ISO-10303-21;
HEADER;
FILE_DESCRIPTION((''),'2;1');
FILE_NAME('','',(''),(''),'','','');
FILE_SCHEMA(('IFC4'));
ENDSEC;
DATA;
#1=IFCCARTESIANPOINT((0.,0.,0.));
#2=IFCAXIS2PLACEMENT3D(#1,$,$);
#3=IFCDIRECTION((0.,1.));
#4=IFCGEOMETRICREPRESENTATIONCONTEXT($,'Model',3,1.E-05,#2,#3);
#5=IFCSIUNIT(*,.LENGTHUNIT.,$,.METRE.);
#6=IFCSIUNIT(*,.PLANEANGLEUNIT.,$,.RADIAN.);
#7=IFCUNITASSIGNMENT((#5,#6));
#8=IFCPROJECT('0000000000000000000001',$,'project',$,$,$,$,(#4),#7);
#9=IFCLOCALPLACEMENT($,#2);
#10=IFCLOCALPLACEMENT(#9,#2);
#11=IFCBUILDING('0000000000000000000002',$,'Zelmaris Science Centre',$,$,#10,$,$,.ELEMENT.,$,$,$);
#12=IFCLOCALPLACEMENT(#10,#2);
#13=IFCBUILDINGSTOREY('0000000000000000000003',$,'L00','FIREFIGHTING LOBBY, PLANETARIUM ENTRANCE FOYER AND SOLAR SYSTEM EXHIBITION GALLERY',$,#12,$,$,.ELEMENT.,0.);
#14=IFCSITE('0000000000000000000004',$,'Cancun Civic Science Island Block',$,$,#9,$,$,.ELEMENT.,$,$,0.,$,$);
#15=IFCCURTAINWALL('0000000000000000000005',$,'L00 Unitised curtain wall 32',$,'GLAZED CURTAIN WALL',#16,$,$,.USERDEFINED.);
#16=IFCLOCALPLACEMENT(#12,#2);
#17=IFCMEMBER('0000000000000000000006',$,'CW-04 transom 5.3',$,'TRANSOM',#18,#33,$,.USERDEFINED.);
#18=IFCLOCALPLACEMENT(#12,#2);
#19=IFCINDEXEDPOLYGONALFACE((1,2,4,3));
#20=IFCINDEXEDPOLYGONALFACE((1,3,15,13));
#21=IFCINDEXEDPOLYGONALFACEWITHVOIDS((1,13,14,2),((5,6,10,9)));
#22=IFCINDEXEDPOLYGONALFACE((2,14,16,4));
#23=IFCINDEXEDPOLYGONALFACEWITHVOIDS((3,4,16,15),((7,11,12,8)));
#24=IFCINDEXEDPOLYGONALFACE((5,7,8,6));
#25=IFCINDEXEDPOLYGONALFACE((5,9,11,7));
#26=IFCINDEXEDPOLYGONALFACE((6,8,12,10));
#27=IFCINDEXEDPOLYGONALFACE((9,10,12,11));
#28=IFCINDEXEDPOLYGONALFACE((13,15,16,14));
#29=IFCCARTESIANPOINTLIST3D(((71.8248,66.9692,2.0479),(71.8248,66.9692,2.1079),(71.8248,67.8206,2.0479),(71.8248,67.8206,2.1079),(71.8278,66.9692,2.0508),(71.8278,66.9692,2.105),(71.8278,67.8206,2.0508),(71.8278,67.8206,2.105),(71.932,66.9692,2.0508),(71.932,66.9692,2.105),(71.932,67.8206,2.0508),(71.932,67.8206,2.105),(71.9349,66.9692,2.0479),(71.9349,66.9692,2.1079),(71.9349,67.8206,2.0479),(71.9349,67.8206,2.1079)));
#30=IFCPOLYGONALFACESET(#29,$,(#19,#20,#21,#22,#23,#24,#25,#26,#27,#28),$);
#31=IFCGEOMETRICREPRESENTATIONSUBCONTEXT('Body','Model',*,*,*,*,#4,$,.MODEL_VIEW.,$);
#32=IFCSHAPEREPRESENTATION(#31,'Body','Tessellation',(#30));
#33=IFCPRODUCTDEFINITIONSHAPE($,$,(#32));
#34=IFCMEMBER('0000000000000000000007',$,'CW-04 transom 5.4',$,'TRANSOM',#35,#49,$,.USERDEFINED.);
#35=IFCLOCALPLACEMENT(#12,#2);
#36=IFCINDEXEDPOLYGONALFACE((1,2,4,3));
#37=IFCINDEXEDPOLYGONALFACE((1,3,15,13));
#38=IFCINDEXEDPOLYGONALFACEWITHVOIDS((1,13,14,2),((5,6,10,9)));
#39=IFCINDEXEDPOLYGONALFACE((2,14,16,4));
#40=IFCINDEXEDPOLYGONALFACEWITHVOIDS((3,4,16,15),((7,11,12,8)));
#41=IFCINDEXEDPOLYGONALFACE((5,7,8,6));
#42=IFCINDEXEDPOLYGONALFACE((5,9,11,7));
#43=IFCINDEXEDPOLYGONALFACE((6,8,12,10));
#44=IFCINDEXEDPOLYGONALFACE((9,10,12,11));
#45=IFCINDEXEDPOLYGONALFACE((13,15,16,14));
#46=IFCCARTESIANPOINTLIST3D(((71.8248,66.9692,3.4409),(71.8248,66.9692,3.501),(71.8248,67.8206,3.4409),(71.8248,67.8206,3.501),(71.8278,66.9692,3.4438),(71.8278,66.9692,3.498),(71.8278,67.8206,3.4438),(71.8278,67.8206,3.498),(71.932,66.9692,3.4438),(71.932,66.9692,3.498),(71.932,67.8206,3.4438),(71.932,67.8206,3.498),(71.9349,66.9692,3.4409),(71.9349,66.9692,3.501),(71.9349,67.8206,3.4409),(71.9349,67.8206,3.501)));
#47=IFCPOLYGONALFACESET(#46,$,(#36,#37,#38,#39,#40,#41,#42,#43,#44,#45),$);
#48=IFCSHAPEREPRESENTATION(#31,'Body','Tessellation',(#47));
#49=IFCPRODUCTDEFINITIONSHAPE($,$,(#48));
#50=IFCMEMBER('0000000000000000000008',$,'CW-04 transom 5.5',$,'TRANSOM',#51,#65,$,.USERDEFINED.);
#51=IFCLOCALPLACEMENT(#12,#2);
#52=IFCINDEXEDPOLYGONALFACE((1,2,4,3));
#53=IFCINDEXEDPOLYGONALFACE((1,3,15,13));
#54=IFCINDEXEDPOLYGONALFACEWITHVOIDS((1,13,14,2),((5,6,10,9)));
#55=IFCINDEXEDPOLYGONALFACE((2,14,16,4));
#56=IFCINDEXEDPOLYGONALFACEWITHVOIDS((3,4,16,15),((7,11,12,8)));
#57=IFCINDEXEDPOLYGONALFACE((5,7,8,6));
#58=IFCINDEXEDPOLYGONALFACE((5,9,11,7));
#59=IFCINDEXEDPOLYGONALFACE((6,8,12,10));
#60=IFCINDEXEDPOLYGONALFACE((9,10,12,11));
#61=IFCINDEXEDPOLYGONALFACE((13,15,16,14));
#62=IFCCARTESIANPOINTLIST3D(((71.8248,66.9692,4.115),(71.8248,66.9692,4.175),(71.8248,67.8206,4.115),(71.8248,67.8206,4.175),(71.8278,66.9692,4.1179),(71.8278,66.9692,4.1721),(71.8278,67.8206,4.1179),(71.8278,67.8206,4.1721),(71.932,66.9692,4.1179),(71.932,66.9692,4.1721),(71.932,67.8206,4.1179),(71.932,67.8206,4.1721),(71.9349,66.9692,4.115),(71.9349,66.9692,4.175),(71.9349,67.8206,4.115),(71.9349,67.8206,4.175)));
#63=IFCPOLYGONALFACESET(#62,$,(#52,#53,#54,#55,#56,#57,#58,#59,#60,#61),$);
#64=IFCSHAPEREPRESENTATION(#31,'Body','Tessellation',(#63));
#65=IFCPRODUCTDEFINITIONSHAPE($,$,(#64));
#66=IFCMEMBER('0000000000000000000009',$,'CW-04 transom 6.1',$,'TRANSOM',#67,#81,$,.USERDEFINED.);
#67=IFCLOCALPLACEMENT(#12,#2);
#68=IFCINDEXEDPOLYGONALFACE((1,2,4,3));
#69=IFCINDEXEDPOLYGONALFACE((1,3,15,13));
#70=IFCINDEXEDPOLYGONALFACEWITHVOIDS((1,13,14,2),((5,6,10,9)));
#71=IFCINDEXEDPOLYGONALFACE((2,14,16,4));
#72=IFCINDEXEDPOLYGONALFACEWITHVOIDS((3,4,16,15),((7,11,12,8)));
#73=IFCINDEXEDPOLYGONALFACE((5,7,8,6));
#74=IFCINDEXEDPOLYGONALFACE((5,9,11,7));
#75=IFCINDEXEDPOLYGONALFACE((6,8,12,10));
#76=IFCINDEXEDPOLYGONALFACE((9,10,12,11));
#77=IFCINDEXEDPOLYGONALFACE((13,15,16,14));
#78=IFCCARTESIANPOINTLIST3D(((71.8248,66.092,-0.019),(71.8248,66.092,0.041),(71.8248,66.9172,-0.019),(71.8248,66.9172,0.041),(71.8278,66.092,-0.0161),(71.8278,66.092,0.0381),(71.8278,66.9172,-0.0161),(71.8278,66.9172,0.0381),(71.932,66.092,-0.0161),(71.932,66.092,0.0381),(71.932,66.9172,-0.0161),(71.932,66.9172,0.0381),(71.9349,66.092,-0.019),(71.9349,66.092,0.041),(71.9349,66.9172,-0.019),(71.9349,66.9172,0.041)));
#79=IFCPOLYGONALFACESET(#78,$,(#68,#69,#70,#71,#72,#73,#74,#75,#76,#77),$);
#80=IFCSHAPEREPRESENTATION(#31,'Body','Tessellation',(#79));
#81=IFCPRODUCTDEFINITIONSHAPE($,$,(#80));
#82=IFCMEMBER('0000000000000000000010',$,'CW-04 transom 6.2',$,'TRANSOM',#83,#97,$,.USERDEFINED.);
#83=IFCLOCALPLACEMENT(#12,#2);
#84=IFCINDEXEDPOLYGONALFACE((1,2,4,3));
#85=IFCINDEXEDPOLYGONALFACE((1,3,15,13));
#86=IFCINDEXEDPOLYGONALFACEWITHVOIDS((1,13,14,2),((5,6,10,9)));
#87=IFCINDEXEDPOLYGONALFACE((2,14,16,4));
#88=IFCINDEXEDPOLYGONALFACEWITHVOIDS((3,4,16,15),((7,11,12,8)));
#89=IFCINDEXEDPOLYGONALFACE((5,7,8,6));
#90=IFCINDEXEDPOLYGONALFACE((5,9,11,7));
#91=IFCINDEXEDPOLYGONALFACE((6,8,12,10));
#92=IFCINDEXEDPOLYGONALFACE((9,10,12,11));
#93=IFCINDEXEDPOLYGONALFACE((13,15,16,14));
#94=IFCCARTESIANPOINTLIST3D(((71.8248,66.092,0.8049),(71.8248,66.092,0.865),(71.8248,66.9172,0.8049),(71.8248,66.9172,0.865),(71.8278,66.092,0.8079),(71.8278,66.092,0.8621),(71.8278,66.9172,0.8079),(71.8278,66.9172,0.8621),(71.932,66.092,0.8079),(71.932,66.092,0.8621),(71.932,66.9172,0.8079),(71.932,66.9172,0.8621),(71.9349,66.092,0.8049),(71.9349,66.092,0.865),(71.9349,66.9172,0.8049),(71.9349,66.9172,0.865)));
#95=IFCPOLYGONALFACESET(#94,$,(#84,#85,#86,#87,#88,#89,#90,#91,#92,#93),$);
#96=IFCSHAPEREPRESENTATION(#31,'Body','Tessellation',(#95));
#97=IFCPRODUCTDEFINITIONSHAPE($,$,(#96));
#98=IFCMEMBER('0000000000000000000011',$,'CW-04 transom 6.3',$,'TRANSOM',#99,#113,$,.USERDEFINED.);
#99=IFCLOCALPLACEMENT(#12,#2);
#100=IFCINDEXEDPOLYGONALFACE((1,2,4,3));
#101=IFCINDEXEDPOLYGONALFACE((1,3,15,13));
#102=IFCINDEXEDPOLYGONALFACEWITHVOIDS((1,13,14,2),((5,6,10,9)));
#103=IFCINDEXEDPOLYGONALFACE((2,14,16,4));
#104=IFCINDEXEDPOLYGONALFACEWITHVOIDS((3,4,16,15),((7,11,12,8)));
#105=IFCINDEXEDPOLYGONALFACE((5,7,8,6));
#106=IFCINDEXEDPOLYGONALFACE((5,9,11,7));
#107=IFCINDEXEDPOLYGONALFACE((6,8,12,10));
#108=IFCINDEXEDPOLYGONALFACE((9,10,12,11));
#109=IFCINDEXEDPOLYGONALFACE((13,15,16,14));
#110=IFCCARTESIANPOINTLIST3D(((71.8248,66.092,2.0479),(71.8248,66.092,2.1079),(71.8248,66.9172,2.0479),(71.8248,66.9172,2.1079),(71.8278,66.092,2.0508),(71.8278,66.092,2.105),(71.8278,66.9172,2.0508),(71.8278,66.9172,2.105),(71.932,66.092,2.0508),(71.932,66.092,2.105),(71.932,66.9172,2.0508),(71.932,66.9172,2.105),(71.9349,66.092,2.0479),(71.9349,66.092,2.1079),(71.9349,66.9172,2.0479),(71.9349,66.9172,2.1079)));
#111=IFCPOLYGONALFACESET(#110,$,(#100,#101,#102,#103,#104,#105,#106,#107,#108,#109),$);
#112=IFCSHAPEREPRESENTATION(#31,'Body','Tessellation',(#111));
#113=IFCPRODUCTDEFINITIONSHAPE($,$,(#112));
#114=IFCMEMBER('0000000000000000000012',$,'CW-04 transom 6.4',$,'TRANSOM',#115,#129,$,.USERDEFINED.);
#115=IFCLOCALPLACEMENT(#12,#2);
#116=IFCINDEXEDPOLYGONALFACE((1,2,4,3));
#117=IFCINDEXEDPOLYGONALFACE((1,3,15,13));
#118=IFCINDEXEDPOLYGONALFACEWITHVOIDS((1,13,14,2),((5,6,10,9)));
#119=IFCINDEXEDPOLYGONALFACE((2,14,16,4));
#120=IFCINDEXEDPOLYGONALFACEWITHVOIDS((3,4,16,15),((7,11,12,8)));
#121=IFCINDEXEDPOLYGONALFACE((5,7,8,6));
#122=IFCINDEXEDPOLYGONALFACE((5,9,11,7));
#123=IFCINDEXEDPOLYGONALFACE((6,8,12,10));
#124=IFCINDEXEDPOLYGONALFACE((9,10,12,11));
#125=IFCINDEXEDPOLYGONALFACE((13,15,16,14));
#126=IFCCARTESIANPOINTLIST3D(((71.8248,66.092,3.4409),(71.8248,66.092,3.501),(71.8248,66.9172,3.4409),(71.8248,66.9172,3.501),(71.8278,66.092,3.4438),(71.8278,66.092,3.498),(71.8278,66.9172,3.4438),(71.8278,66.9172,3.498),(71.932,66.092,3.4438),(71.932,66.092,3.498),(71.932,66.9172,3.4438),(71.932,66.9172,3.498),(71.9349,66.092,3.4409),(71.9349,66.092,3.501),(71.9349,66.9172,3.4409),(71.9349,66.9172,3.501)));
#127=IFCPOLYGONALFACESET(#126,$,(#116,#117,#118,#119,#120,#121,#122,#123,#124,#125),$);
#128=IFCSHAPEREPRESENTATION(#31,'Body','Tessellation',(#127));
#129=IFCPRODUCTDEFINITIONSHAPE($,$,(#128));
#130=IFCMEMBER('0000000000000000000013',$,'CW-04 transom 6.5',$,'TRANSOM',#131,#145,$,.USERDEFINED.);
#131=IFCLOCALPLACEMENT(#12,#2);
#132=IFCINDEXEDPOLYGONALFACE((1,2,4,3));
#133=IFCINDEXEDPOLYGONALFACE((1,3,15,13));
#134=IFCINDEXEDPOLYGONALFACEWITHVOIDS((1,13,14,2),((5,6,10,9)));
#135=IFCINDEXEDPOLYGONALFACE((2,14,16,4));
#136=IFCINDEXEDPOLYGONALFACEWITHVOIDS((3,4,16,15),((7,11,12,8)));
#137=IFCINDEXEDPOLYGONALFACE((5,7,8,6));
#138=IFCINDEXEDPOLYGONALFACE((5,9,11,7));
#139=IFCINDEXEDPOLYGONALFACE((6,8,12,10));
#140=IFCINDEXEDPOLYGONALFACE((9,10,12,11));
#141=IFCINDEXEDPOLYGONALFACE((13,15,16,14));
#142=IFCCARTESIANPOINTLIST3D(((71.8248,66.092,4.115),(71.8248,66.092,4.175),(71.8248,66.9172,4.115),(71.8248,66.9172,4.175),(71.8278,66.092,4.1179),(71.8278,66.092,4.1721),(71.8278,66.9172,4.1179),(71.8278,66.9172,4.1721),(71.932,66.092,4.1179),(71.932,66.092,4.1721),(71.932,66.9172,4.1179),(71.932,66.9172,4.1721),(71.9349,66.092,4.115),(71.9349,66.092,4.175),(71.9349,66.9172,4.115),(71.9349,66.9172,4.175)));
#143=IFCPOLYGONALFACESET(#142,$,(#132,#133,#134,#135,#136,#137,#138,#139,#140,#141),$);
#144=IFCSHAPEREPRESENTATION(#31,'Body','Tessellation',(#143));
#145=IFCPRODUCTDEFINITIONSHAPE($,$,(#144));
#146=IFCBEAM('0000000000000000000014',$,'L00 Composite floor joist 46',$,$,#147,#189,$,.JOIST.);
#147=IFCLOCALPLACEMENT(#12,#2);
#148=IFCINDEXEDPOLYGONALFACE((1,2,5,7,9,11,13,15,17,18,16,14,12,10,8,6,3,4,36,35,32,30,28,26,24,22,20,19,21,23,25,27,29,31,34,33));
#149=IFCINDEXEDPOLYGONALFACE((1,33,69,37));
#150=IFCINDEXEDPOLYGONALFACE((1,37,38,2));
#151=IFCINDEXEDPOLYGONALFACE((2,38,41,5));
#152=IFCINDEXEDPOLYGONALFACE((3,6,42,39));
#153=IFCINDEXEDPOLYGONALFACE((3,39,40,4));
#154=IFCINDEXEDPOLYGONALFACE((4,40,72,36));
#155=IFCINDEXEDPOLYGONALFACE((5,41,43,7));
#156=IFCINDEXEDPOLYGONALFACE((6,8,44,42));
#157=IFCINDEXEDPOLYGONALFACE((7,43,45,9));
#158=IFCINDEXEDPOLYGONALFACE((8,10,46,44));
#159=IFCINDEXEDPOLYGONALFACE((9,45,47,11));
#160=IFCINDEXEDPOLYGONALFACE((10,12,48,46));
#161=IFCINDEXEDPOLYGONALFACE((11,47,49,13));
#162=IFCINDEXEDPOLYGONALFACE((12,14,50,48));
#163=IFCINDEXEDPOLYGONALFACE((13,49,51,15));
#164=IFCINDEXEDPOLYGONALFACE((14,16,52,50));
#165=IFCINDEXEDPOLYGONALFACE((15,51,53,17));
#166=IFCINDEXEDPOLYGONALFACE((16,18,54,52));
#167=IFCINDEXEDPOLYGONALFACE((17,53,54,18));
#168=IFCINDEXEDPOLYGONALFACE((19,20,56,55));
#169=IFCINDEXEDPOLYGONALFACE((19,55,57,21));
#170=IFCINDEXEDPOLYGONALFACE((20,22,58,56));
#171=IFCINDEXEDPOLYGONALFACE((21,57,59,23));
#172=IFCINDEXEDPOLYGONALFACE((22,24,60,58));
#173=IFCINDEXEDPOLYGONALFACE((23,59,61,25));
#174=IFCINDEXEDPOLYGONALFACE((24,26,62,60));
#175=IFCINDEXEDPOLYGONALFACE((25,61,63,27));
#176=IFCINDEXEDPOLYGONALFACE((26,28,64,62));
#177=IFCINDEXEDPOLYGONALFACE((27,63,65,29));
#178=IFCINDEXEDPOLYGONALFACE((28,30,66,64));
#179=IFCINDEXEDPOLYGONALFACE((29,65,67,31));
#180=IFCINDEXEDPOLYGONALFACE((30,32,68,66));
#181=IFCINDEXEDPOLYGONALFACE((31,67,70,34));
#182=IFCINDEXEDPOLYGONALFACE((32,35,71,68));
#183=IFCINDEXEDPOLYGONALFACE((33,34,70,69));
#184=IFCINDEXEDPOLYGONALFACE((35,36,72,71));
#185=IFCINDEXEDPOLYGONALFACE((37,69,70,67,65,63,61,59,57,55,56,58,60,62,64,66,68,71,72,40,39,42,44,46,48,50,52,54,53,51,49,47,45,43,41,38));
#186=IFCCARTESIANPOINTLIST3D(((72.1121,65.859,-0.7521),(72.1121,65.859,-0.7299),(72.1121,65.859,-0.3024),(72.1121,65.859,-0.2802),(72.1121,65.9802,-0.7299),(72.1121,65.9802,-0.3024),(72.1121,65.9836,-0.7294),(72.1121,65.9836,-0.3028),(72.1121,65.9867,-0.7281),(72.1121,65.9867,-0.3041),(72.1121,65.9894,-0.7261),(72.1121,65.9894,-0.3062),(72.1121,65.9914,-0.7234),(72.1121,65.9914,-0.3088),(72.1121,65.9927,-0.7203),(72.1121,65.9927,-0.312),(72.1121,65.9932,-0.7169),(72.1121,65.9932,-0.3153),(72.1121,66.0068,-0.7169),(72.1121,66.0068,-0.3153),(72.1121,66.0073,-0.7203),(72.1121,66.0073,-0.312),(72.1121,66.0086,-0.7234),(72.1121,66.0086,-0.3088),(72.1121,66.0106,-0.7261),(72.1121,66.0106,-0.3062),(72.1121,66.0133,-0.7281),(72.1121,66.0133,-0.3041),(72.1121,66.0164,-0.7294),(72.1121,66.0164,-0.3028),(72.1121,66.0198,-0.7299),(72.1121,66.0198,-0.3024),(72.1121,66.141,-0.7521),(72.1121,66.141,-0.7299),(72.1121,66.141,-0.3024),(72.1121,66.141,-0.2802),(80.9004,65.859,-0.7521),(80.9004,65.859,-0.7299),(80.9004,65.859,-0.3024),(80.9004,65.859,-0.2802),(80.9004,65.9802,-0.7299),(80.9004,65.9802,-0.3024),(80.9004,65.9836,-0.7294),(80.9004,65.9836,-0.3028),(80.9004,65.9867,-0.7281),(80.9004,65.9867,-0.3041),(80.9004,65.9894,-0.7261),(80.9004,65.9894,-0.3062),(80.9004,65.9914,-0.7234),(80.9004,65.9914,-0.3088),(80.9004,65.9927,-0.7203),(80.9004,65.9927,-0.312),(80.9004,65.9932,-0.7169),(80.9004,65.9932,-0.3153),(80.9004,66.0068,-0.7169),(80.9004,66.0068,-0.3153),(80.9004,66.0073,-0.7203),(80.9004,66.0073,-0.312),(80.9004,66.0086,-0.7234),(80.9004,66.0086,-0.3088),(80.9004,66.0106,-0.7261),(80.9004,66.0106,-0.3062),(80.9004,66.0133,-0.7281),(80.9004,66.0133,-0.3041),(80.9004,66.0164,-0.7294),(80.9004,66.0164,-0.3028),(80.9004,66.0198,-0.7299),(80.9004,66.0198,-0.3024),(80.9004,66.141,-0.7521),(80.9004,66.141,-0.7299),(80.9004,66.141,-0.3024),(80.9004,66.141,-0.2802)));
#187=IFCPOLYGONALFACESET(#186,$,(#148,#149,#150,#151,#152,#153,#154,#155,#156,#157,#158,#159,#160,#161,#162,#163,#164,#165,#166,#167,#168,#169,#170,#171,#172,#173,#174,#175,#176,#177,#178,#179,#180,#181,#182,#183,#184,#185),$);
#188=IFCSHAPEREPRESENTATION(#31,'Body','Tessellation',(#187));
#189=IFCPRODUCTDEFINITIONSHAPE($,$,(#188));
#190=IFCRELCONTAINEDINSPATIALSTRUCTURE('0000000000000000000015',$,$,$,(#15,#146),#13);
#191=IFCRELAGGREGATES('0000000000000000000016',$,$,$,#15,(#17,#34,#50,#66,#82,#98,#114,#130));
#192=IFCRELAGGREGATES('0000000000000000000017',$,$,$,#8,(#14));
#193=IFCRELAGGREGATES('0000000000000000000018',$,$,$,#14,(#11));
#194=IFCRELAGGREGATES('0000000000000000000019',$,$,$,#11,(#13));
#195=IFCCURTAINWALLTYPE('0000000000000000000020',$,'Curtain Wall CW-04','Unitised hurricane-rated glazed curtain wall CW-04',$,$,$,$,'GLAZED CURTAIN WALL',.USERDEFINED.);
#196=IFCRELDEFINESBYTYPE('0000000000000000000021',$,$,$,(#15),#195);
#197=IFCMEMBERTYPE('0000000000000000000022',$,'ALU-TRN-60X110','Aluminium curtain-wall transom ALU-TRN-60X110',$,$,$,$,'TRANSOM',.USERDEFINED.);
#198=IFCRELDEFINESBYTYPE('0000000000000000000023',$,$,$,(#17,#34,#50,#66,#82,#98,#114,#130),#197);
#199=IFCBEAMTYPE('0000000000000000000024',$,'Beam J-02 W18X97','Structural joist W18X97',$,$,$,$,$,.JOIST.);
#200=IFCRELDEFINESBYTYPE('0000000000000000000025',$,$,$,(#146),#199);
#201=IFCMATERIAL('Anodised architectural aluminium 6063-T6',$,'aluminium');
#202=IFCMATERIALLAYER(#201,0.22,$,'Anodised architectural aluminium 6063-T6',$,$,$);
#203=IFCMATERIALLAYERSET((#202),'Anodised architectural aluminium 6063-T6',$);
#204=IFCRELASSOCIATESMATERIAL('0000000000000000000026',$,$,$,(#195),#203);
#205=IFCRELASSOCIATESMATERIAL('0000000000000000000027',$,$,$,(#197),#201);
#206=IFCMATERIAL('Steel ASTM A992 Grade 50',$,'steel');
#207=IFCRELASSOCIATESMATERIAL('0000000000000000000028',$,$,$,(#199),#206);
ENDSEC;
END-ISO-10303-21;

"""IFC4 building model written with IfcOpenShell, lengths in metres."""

from ifc_helpers import new_model, si_unit, direction, frame, origin, origin_2d, place, context, subcontext, project, spatial, hollow_rectangle, i_section, extrude, material, layer, layer_set, material_profile, profile_set, type_object, element, aggregate, save


model = new_model("IFC4")

# Units and contexts
model_context = context("Model", 3, precision=1e-05, world=origin(), true_north=direction((0.0, 1.0)))
body_context = subcontext(model_context, "Body", "Model", "MODEL_VIEW")
ifc_project = project(units=[si_unit("LENGTHUNIT", "METRE"), si_unit("PLANEANGLEUNIT", "RADIAN")], contexts=[model_context])

# Site, building, storey
site_placement = place(None, origin())
site = spatial("IfcSite", under=ifc_project, at=site_placement, Name="Cancun Civic Science Island Block", CompositionType="ELEMENT", RefElevation=0.0)
building_placement = place(site_placement, origin())
building = spatial("IfcBuilding", under=site, at=building_placement, Name="Zelmaris Science Centre", CompositionType="ELEMENT")
storey_placement = place(building_placement, origin())
storey = spatial("IfcBuildingStorey", under=building, at=storey_placement, Name="L00", Description="FIREFIGHTING LOBBY, PLANETARIUM ENTRANCE FOYER AND SOLAR SYSTEM EXHIBITION GALLERY", CompositionType="ELEMENT", Elevation=0.0)

# Curtain wall, members
ifc_material_1 = material(Name="Anodised architectural aluminium 6063-T6", Category="aluminium")
ifc_layer_1 = layer(ifc_material_1, 0.22, Name="Anodised architectural aluminium 6063-T6")
ifc_layer_set_1 = layer_set([ifc_layer_1], Name="Anodised architectural aluminium 6063-T6")
curtain_wall_type = type_object("IfcCurtainWallType", Name="Curtain Wall CW-04", Description="Unitised hurricane-rated glazed curtain wall CW-04", ElementType="GLAZED CURTAIN WALL", PredefinedType="USERDEFINED", material=ifc_layer_set_1)
curtain_wall_placement = place(storey_placement, origin())
curtain_wall = element("IfcCurtainWall", 1, at=curtain_wall_placement, inside=storey, type_object=curtain_wall_type, Name="L00 Unitised curtain wall 32", ObjectType="GLAZED CURTAIN WALL", PredefinedType="USERDEFINED")
ifc_material_profile_1 = material_profile(ifc_material_1, hollow_rectangle(XDim=0.0601, YDim=0.1101, WallThickness=0.0029, at=origin_2d()), Name="ALU-TRN-60X110")
ifc_profile_set_1 = profile_set([ifc_material_profile_1], Name="Anodised architectural aluminium 6063-T6")
member_type_1 = type_object("IfcMemberType", Name="ALU-TRN-60X110", Description="Aluminium curtain-wall transom ALU-TRN-60X110", ElementType="TRANSOM", PredefinedType="USERDEFINED", material=ifc_profile_set_1)
member_1_placement = place(storey_placement, frame((71.8799, 67.8206, 2.0779), z_axis=(0.0, -1.0, 0.0), x_axis=(0.0, 0.0, 1.0)))
member_1 = element("IfcMember", 2, at=member_1_placement, type_object=member_type_1, Name="CW-04 transom 5.3", ObjectType="TRANSOM", PredefinedType="USERDEFINED", context=body_context, shape_type="SweptSolid", body=[
    extrude(hollow_rectangle(XDim=0.0601, YDim=0.1101, WallThickness=0.0029, at=origin_2d()), origin(), (0.0, 0.0, 1.0), 0.8513),
])
member_2_placement = place(storey_placement, frame((71.8799, 67.8206, 3.4709), z_axis=(0.0, -1.0, 0.0), x_axis=(0.0, 0.0, 1.0)))
member_2 = element("IfcMember", 3, at=member_2_placement, type_object=member_type_1, Name="CW-04 transom 5.4", ObjectType="TRANSOM", PredefinedType="USERDEFINED", context=body_context, shape_type="SweptSolid", body=[
    extrude(hollow_rectangle(XDim=0.0601, YDim=0.1101, WallThickness=0.0029, at=origin_2d()), origin(), (0.0, 0.0, 1.0), 0.8513),
])
member_3_placement = place(storey_placement, frame((71.8799, 67.8206, 4.145), z_axis=(0.0, -1.0, 0.0), x_axis=(0.0, 0.0, 1.0)))
member_3 = element("IfcMember", 4, at=member_3_placement, type_object=member_type_1, Name="CW-04 transom 5.5", ObjectType="TRANSOM", PredefinedType="USERDEFINED", context=body_context, shape_type="SweptSolid", body=[
    extrude(hollow_rectangle(XDim=0.0601, YDim=0.1101, WallThickness=0.0029, at=origin_2d()), origin(), (0.0, 0.0, 1.0), 0.8513),
])
member_4_placement = place(storey_placement, frame((71.8799, 66.9172, 0.011), z_axis=(0.0, -1.0, 0.0), x_axis=(0.0, 0.0, 1.0)))
member_4 = element("IfcMember", 5, at=member_4_placement, type_object=member_type_1, Name="CW-04 transom 6.1", ObjectType="TRANSOM", PredefinedType="USERDEFINED", context=body_context, shape_type="SweptSolid", body=[
    extrude(hollow_rectangle(XDim=0.0601, YDim=0.1101, WallThickness=0.0029, at=origin_2d()), origin(), (0.0, 0.0, 1.0), 0.8252),
])
member_5_placement = place(storey_placement, frame((71.8799, 66.9172, 0.835), z_axis=(0.0, -1.0, 0.0), x_axis=(0.0, 0.0, 1.0)))
member_5 = element("IfcMember", 6, at=member_5_placement, type_object=member_type_1, Name="CW-04 transom 6.2", ObjectType="TRANSOM", PredefinedType="USERDEFINED", context=body_context, shape_type="SweptSolid", body=[
    extrude(hollow_rectangle(XDim=0.0601, YDim=0.1101, WallThickness=0.0029, at=origin_2d()), origin(), (0.0, 0.0, 1.0), 0.8252),
])
member_6_placement = place(storey_placement, frame((71.8799, 66.9172, 2.0779), z_axis=(0.0, -1.0, 0.0), x_axis=(0.0, 0.0, 1.0)))
member_6 = element("IfcMember", 7, at=member_6_placement, type_object=member_type_1, Name="CW-04 transom 6.3", ObjectType="TRANSOM", PredefinedType="USERDEFINED", context=body_context, shape_type="SweptSolid", body=[
    extrude(hollow_rectangle(XDim=0.0601, YDim=0.1101, WallThickness=0.0029, at=origin_2d()), origin(), (0.0, 0.0, 1.0), 0.8252),
])
member_7_placement = place(storey_placement, frame((71.8799, 66.9172, 3.4709), z_axis=(0.0, -1.0, 0.0), x_axis=(0.0, 0.0, 1.0)))
member_7 = element("IfcMember", 8, at=member_7_placement, type_object=member_type_1, Name="CW-04 transom 6.4", ObjectType="TRANSOM", PredefinedType="USERDEFINED", context=body_context, shape_type="SweptSolid", body=[
    extrude(hollow_rectangle(XDim=0.0601, YDim=0.1101, WallThickness=0.0029, at=origin_2d()), origin(), (0.0, 0.0, 1.0), 0.8252),
])
member_8_placement = place(storey_placement, frame((71.8799, 66.9172, 4.145), z_axis=(0.0, -1.0, 0.0), x_axis=(0.0, 0.0, 1.0)))
member_8 = element("IfcMember", 9, at=member_8_placement, type_object=member_type_1, Name="CW-04 transom 6.5", ObjectType="TRANSOM", PredefinedType="USERDEFINED", context=body_context, shape_type="SweptSolid", body=[
    extrude(hollow_rectangle(XDim=0.0601, YDim=0.1101, WallThickness=0.0029, at=origin_2d()), origin(), (0.0, 0.0, 1.0), 0.8252),
])

# Beam
ifc_material_2 = material(Name="Steel ASTM A992 Grade 50", Category="steel")
ifc_material_profile_2 = material_profile(ifc_material_2, i_section(OverallWidth=0.282, OverallDepth=0.4719, WebThickness=0.0137, FlangeThickness=0.0222, FilletRadius=0.0129, at=origin_2d()), Name="W18X97")
ifc_profile_set_2 = profile_set([ifc_material_profile_2], Name="Steel ASTM A992 Grade 50")
beam_type_1 = type_object("IfcBeamType", Name="Beam J-02 W18X97", Description="Structural joist W18X97", PredefinedType="JOIST", material=ifc_profile_set_2)
beam_1_placement = place(storey_placement, frame((72.1121, 66.0, -0.5161), z_axis=(1.0, 0.0, 0.0), x_axis=(0.0, 1.0, 0.0)))
element("IfcBeam", 10, at=beam_1_placement, inside=storey, type_object=beam_type_1, Name="L00 Composite floor joist 46", PredefinedType="JOIST", context=body_context, shape_type="SweptSolid", body=[
    extrude(i_section(OverallWidth=0.282, OverallDepth=0.4719, WebThickness=0.0137, FlangeThickness=0.0222, FilletRadius=0.0129, at=origin_2d()), origin(), (0.0, 0.0, 1.0), 8.7883),
])

aggregate(curtain_wall, [member_1, member_2, member_3, member_4, member_5, member_6, member_7, member_8])

save(model, "model.ifc")
